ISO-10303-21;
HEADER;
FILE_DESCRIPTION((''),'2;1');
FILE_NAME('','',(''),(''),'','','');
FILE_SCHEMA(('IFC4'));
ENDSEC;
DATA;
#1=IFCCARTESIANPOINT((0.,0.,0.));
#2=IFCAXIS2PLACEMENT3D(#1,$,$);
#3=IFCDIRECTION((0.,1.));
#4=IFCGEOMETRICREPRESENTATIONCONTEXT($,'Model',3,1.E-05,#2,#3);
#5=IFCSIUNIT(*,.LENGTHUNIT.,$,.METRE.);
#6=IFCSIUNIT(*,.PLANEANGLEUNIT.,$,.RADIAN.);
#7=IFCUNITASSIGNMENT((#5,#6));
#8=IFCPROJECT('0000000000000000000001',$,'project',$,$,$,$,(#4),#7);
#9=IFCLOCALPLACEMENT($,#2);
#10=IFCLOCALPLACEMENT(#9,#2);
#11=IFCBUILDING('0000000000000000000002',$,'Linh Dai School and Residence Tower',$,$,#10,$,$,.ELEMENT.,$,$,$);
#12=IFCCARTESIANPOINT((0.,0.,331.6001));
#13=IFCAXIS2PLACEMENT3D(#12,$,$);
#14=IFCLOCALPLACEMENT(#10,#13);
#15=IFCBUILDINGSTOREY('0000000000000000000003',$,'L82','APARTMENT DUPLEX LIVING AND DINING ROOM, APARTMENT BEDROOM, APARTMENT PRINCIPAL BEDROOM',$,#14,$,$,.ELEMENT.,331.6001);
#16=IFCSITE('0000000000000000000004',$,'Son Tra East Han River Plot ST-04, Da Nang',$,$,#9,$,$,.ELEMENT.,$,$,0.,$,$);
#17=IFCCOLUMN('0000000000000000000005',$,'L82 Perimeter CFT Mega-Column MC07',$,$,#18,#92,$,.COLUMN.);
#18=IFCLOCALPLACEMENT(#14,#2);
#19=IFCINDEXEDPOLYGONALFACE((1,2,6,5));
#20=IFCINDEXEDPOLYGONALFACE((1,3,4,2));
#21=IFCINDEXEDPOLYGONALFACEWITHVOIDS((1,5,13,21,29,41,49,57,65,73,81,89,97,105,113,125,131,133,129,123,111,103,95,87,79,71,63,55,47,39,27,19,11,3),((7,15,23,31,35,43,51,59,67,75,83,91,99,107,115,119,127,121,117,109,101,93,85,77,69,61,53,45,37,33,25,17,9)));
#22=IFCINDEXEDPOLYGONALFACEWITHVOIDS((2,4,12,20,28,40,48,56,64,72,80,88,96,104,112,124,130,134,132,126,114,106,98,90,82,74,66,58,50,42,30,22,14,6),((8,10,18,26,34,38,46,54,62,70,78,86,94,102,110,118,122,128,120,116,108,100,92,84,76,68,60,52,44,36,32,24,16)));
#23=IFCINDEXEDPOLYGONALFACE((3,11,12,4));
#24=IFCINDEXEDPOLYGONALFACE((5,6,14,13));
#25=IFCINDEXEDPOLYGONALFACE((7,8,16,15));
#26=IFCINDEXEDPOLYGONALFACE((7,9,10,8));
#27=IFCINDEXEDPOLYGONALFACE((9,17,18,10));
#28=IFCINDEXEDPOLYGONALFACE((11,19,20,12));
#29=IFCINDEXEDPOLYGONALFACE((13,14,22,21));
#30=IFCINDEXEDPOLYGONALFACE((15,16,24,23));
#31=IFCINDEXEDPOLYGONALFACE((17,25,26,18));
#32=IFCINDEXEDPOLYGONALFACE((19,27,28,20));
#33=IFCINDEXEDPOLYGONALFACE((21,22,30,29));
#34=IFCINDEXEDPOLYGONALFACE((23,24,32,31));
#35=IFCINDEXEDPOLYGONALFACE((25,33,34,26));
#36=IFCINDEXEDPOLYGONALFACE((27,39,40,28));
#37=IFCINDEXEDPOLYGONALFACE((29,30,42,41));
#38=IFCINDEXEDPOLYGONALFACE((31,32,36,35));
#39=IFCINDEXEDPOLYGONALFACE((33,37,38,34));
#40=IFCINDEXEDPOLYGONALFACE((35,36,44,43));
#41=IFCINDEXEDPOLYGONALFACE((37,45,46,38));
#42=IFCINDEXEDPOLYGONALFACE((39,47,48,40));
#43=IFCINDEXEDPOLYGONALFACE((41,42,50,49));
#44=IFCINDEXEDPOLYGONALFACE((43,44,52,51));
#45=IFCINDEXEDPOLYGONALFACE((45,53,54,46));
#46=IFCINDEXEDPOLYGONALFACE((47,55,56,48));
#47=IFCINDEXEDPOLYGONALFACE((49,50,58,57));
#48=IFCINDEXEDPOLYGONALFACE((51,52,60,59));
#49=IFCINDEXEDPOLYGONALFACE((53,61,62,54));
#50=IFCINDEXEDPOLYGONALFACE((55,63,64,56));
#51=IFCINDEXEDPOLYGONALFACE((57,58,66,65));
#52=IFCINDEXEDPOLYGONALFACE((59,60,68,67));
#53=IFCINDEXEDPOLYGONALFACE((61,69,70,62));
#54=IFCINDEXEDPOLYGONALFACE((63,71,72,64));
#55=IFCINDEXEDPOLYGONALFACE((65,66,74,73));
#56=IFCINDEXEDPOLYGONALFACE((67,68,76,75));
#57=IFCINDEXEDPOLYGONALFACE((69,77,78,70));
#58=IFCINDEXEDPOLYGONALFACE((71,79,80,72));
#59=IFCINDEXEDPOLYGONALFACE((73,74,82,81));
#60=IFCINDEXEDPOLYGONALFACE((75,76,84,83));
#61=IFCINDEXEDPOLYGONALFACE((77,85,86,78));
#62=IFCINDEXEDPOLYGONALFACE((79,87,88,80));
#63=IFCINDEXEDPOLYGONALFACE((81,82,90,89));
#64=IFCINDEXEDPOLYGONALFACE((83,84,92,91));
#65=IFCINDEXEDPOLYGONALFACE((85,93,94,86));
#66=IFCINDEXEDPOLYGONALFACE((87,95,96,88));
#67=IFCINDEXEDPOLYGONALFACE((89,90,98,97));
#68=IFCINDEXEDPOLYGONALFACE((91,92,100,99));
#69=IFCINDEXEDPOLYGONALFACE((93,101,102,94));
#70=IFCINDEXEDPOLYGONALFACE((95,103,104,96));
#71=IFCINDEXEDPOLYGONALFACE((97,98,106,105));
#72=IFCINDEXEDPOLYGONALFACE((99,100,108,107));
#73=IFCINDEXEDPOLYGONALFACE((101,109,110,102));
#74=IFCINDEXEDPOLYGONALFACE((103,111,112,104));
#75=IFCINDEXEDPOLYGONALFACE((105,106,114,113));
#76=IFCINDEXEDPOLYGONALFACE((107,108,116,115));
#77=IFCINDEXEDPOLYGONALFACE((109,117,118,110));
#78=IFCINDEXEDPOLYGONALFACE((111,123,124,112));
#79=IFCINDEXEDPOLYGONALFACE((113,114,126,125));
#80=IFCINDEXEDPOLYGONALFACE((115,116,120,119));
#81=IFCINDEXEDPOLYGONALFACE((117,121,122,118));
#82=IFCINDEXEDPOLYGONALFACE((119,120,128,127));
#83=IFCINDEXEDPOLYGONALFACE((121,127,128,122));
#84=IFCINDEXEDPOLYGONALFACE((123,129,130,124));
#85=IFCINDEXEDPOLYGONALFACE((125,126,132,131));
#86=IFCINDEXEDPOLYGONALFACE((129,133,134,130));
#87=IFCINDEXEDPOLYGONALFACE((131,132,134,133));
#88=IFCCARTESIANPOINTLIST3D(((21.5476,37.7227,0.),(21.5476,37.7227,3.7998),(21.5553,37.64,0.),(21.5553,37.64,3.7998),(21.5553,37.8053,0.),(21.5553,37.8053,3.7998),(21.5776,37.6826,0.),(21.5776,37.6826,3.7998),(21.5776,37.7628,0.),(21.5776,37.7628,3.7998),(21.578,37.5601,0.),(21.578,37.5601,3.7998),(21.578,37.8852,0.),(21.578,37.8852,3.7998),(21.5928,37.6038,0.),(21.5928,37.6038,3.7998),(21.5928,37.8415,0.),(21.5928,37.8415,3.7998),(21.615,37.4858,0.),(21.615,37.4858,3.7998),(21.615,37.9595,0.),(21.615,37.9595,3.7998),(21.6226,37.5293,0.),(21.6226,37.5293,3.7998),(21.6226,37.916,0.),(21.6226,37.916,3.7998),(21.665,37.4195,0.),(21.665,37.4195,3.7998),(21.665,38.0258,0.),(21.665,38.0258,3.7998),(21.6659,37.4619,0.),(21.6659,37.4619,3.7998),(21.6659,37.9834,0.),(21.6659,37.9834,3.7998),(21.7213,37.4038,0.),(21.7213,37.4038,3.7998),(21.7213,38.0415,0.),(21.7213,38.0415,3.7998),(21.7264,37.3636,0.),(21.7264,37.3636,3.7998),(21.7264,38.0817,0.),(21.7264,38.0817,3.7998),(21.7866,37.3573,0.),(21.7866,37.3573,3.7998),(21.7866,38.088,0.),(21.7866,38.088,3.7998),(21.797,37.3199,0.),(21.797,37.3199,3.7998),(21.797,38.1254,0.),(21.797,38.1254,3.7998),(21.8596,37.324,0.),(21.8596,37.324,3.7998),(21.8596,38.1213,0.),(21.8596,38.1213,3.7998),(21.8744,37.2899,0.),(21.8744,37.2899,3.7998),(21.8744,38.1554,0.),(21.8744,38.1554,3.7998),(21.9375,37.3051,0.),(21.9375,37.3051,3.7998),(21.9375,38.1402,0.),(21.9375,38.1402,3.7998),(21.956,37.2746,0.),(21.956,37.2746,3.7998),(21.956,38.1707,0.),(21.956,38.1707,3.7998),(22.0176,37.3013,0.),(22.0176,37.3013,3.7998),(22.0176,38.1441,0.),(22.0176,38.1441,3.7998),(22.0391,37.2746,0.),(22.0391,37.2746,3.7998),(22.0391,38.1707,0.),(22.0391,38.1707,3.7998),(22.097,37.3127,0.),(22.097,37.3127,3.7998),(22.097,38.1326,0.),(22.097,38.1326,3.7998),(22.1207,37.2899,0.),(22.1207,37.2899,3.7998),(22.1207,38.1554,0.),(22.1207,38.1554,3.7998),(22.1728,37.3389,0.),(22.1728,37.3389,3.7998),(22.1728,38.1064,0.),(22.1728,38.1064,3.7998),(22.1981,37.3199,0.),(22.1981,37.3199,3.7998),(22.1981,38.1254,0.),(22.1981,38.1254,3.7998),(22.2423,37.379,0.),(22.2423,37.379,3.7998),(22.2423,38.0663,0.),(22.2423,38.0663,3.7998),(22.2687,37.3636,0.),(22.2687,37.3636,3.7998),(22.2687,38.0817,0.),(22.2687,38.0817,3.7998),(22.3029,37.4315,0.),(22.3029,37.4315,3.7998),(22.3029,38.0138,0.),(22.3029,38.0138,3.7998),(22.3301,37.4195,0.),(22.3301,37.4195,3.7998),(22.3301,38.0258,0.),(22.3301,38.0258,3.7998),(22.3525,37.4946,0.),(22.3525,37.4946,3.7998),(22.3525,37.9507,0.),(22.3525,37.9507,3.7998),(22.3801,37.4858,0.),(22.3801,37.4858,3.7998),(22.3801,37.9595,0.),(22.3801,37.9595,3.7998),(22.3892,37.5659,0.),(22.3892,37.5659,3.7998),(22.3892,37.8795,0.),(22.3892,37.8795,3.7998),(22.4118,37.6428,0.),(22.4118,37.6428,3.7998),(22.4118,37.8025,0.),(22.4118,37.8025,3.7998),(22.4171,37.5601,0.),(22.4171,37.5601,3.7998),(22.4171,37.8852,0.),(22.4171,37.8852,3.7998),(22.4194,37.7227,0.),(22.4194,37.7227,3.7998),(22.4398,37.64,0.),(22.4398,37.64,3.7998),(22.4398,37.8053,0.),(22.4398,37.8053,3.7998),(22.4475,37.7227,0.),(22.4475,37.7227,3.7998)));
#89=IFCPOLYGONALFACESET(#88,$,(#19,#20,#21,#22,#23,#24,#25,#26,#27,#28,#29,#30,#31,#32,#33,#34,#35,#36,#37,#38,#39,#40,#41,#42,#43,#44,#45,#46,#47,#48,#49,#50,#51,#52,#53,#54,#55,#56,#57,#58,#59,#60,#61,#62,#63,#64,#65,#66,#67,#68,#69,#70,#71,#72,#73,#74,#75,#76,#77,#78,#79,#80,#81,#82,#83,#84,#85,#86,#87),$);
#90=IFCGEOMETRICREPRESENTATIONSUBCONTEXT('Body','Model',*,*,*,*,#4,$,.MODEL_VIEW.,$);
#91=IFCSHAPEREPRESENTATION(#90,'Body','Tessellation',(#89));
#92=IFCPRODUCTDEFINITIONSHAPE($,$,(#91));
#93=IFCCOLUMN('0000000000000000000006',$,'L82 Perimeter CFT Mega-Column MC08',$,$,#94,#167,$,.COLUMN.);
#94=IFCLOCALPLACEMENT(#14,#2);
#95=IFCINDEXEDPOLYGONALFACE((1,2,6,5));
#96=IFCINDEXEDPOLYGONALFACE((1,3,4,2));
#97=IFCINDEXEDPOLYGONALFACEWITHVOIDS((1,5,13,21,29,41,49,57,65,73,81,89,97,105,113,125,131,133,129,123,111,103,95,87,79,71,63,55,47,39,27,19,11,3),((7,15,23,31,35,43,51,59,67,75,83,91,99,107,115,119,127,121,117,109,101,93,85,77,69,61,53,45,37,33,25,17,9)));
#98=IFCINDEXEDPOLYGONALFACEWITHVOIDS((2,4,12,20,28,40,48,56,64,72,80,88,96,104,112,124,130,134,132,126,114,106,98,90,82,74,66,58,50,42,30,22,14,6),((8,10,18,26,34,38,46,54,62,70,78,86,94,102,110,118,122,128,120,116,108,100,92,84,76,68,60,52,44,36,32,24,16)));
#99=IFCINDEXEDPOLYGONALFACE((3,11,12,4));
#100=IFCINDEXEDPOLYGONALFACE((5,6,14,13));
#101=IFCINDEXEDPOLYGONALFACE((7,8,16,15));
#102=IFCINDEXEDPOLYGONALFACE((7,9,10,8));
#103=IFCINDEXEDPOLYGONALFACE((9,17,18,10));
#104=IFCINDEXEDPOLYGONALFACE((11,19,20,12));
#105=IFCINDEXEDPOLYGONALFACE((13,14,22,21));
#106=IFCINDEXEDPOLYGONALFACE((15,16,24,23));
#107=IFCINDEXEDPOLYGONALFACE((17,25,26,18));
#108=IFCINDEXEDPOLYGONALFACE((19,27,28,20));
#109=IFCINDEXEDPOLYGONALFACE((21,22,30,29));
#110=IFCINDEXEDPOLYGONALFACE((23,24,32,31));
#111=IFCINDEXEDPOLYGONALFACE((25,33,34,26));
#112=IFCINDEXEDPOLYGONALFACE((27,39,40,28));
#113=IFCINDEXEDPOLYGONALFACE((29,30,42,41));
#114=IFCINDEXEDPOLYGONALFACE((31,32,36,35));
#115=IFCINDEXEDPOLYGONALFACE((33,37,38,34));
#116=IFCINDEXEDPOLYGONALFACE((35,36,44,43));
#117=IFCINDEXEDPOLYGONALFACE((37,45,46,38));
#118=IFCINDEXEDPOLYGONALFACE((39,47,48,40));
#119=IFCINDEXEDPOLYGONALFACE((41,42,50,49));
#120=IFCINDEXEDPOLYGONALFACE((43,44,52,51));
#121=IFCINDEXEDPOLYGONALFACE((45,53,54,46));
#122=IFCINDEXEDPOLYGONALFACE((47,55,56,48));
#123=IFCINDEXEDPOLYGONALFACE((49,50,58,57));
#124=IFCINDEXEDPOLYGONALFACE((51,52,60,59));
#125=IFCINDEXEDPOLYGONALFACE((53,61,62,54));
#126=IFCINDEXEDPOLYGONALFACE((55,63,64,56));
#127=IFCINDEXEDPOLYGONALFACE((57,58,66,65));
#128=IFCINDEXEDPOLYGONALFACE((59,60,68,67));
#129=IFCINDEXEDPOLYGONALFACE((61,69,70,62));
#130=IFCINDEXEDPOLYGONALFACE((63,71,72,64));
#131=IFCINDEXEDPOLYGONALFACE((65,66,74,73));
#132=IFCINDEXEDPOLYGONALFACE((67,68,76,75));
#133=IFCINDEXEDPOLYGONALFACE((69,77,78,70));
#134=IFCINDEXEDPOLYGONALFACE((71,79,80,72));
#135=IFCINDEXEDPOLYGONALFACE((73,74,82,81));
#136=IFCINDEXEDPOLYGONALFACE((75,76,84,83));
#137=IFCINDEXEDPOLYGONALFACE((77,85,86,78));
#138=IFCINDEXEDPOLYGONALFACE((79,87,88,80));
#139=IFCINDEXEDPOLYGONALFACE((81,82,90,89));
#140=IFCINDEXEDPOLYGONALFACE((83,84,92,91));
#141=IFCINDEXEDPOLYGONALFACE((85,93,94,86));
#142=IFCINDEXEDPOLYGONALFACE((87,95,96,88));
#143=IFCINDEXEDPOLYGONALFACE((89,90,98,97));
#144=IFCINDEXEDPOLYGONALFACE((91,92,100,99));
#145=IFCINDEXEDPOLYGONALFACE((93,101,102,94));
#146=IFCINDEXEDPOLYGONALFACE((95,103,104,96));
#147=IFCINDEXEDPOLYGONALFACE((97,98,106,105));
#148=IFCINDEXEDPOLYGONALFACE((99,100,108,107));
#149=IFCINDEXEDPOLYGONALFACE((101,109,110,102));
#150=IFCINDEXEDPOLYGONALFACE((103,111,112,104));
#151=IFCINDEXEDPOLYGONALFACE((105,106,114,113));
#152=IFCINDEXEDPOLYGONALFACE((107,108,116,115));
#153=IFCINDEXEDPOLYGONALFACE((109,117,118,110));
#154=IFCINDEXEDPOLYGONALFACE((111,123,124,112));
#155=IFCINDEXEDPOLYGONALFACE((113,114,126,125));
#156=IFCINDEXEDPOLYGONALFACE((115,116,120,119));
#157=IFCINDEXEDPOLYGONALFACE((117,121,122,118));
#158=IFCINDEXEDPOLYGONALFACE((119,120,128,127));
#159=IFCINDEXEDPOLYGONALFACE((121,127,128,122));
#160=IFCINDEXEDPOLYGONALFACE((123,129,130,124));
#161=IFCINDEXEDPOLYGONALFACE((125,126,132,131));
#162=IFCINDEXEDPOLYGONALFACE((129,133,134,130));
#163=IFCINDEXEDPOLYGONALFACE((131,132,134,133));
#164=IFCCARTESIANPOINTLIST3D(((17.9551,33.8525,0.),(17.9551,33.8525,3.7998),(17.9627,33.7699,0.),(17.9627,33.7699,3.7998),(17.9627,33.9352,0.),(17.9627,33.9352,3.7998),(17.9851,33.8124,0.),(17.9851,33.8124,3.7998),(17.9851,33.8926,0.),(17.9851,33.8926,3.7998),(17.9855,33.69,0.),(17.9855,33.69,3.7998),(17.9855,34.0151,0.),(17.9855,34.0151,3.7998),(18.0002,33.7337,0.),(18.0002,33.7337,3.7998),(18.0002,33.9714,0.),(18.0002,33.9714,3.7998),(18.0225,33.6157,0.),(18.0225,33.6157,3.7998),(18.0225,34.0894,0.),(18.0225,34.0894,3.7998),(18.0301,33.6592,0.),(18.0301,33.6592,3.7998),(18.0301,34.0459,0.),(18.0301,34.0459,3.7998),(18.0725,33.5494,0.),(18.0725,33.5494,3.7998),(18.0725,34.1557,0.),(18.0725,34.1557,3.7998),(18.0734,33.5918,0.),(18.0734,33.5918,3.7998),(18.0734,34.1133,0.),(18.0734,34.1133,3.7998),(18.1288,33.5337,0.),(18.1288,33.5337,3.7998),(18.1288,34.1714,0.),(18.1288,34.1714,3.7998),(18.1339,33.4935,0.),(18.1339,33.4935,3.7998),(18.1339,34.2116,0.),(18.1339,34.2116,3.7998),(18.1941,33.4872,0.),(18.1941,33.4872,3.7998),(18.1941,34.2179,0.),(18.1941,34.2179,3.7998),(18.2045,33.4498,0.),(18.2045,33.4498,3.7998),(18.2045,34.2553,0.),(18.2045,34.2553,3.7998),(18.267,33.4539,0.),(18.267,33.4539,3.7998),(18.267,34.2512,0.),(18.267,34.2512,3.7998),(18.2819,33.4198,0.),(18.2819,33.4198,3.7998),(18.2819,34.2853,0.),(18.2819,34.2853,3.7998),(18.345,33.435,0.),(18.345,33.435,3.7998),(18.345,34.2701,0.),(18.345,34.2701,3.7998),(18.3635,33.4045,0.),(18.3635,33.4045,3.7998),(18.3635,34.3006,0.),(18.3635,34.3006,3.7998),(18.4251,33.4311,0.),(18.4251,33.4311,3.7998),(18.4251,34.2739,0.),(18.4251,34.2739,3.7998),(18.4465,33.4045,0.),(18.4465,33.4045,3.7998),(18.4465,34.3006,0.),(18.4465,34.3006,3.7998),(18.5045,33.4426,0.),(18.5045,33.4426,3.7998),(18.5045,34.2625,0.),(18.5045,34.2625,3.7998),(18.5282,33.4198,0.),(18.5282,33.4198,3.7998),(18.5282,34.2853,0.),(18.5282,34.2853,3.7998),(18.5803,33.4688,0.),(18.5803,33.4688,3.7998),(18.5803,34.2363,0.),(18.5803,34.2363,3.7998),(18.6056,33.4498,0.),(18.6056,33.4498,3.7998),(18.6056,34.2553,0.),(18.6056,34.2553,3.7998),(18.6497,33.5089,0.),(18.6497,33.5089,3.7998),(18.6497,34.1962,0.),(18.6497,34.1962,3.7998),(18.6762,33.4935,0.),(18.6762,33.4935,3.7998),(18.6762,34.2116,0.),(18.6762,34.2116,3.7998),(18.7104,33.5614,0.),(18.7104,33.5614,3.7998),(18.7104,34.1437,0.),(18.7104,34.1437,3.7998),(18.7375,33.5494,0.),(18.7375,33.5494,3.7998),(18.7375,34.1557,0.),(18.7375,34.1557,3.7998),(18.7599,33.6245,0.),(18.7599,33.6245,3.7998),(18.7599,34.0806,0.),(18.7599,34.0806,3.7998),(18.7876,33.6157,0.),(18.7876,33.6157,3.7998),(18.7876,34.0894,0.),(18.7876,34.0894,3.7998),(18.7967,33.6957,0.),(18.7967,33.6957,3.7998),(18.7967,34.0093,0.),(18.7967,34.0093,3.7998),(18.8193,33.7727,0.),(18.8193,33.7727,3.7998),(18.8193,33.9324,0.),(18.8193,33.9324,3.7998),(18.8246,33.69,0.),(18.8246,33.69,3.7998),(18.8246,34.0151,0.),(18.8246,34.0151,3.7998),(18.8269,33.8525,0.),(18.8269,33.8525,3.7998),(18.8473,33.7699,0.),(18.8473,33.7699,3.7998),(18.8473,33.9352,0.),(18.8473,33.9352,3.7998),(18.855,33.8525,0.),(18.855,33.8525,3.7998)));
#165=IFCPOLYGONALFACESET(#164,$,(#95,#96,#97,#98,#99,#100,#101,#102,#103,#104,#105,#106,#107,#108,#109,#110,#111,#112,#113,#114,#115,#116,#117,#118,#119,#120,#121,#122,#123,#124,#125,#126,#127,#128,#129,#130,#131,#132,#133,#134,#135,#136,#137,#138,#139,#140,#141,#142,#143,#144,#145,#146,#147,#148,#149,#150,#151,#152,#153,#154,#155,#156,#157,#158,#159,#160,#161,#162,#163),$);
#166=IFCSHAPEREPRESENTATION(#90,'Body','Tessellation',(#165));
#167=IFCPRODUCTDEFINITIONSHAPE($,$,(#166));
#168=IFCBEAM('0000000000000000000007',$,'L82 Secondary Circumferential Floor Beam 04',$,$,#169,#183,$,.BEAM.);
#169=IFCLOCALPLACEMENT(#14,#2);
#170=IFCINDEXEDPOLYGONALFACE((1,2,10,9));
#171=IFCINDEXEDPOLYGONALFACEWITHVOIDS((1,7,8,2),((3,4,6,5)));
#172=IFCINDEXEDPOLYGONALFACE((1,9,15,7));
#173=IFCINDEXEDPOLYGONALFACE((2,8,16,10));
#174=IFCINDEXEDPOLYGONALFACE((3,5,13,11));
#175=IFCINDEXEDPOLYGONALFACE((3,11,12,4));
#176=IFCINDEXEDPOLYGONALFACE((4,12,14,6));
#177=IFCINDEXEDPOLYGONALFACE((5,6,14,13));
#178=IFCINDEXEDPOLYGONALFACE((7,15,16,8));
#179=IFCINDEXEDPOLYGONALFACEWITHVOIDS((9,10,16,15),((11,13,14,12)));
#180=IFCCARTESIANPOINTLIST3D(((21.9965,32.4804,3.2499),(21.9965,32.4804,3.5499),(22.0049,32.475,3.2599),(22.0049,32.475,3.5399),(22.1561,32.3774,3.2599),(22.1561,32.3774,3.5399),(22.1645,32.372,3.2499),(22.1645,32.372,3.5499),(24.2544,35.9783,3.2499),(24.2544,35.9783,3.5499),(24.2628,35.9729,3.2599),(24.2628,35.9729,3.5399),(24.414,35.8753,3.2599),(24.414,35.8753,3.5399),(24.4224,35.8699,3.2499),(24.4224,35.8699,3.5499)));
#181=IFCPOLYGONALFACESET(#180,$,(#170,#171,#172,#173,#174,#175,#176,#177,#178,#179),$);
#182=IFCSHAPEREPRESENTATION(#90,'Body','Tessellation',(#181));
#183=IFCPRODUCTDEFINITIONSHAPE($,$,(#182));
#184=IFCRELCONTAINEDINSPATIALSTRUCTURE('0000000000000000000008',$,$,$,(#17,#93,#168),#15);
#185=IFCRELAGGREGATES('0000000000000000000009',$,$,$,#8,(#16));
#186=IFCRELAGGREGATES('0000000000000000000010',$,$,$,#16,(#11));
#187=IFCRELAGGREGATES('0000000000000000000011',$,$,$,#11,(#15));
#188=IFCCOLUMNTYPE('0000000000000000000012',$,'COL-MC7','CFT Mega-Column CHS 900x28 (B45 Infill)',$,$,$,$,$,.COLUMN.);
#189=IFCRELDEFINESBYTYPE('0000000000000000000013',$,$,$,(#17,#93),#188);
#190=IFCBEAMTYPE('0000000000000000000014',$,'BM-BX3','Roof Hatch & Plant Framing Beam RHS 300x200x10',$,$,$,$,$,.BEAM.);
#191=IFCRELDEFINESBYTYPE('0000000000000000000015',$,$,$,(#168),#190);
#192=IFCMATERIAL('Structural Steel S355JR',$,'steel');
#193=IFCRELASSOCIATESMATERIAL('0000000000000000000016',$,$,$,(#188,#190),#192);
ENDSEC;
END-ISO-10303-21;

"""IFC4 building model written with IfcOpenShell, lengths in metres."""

from ifc_helpers import new_model, si_unit, direction, frame, origin, origin_2d, place, context, subcontext, project, spatial, hollow_rectangle, hollow_circle, extrude, material, material_profile, profile_set, type_object, element, save


model = new_model("IFC4")

# Units and contexts
model_context = context("Model", 3, precision=1e-05, world=origin(), true_north=direction((0.0, 1.0)))
body_context = subcontext(model_context, "Body", "Model", "MODEL_VIEW")
ifc_project = project(units=[si_unit("LENGTHUNIT", "METRE"), si_unit("PLANEANGLEUNIT", "RADIAN")], contexts=[model_context])

# Site, building, storey
site_placement = place(None, origin())
site = spatial("IfcSite", under=ifc_project, at=site_placement, Name="Son Tra East Han River Plot ST-04, Da Nang", CompositionType="ELEMENT", RefElevation=0.0)
building_placement = place(site_placement, origin())
building = spatial("IfcBuilding", under=site, at=building_placement, Name="Linh Dai School and Residence Tower", CompositionType="ELEMENT")
storey_placement = place(building_placement, frame((0.0, 0.0, 331.6001)))
storey = spatial("IfcBuildingStorey", under=building, at=storey_placement, Name="L82", Description="APARTMENT DUPLEX LIVING AND DINING ROOM, APARTMENT BEDROOM, APARTMENT PRINCIPAL BEDROOM", CompositionType="ELEMENT", Elevation=331.6001)

# Columns
ifc_material_1 = material(Name="Structural Steel S355JR", Category="steel")
ifc_material_profile_1 = material_profile(ifc_material_1, hollow_circle(Radius=0.45, WallThickness=0.0281, at=origin_2d()), Name="CHS 900x28")
ifc_profile_set_1 = profile_set([ifc_material_profile_1], Name="Structural Steel S355JR")
column_type = type_object("IfcColumnType", Name="COL-MC7", Description="CFT Mega-Column CHS 900x28 (B45 Infill)", PredefinedType="COLUMN", material=ifc_profile_set_1)
for number, where, z_axis, x_axis, name in (
    (1, (21.9976, 37.7227, 0.0), (0.0, 0.0, 1.0), (1.0, 0.0, 0.0), "L82 Perimeter CFT Mega-Column MC07"),
    (2, (18.405, 33.8525, 0.0), (0.0, 0.0, 1.0), (1.0, 0.0, 0.0), "L82 Perimeter CFT Mega-Column MC08"),
):
    element("IfcColumn", number, at=place(storey_placement, frame(where, z_axis=z_axis, x_axis=x_axis)), inside=storey, type_object=column_type, Name=name, PredefinedType="COLUMN", context=body_context, shape_type="SweptSolid", body=[
        extrude(hollow_circle(Radius=0.45, WallThickness=0.0281, at=origin_2d()), origin(), (0.0, 0.0, 1.0), 3.7998),
    ])

# Beam
ifc_material_profile_2 = material_profile(ifc_material_1, hollow_rectangle(XDim=0.2, YDim=0.3, WallThickness=0.01, at=origin_2d()), Name="RHS 300x200x10")
ifc_profile_set_2 = profile_set([ifc_material_profile_2], Name="Structural Steel S355JR")
beam_type_1 = type_object("IfcBeamType", Name="BM-BX3", Description="Roof Hatch & Plant Framing Beam RHS 300x200x10", PredefinedType="BEAM", material=ifc_profile_set_2)
beam_1_placement = place(storey_placement, frame((24.3384, 35.9241, 3.3999), z_axis=(-0.542325, -0.840169, 0.0), x_axis=(0.840169, -0.542325, 0.0)))
element("IfcBeam", 3, at=beam_1_placement, inside=storey, type_object=beam_type_1, Name="L82 Secondary Circumferential Floor Beam 04", PredefinedType="BEAM", context=body_context, shape_type="SweptSolid", body=[
    extrude(hollow_rectangle(XDim=0.2, YDim=0.3, WallThickness=0.01, at=origin_2d()), origin(), (0.0, 0.0, 1.0), 4.1633),
])

save(model, "model.ifc")
